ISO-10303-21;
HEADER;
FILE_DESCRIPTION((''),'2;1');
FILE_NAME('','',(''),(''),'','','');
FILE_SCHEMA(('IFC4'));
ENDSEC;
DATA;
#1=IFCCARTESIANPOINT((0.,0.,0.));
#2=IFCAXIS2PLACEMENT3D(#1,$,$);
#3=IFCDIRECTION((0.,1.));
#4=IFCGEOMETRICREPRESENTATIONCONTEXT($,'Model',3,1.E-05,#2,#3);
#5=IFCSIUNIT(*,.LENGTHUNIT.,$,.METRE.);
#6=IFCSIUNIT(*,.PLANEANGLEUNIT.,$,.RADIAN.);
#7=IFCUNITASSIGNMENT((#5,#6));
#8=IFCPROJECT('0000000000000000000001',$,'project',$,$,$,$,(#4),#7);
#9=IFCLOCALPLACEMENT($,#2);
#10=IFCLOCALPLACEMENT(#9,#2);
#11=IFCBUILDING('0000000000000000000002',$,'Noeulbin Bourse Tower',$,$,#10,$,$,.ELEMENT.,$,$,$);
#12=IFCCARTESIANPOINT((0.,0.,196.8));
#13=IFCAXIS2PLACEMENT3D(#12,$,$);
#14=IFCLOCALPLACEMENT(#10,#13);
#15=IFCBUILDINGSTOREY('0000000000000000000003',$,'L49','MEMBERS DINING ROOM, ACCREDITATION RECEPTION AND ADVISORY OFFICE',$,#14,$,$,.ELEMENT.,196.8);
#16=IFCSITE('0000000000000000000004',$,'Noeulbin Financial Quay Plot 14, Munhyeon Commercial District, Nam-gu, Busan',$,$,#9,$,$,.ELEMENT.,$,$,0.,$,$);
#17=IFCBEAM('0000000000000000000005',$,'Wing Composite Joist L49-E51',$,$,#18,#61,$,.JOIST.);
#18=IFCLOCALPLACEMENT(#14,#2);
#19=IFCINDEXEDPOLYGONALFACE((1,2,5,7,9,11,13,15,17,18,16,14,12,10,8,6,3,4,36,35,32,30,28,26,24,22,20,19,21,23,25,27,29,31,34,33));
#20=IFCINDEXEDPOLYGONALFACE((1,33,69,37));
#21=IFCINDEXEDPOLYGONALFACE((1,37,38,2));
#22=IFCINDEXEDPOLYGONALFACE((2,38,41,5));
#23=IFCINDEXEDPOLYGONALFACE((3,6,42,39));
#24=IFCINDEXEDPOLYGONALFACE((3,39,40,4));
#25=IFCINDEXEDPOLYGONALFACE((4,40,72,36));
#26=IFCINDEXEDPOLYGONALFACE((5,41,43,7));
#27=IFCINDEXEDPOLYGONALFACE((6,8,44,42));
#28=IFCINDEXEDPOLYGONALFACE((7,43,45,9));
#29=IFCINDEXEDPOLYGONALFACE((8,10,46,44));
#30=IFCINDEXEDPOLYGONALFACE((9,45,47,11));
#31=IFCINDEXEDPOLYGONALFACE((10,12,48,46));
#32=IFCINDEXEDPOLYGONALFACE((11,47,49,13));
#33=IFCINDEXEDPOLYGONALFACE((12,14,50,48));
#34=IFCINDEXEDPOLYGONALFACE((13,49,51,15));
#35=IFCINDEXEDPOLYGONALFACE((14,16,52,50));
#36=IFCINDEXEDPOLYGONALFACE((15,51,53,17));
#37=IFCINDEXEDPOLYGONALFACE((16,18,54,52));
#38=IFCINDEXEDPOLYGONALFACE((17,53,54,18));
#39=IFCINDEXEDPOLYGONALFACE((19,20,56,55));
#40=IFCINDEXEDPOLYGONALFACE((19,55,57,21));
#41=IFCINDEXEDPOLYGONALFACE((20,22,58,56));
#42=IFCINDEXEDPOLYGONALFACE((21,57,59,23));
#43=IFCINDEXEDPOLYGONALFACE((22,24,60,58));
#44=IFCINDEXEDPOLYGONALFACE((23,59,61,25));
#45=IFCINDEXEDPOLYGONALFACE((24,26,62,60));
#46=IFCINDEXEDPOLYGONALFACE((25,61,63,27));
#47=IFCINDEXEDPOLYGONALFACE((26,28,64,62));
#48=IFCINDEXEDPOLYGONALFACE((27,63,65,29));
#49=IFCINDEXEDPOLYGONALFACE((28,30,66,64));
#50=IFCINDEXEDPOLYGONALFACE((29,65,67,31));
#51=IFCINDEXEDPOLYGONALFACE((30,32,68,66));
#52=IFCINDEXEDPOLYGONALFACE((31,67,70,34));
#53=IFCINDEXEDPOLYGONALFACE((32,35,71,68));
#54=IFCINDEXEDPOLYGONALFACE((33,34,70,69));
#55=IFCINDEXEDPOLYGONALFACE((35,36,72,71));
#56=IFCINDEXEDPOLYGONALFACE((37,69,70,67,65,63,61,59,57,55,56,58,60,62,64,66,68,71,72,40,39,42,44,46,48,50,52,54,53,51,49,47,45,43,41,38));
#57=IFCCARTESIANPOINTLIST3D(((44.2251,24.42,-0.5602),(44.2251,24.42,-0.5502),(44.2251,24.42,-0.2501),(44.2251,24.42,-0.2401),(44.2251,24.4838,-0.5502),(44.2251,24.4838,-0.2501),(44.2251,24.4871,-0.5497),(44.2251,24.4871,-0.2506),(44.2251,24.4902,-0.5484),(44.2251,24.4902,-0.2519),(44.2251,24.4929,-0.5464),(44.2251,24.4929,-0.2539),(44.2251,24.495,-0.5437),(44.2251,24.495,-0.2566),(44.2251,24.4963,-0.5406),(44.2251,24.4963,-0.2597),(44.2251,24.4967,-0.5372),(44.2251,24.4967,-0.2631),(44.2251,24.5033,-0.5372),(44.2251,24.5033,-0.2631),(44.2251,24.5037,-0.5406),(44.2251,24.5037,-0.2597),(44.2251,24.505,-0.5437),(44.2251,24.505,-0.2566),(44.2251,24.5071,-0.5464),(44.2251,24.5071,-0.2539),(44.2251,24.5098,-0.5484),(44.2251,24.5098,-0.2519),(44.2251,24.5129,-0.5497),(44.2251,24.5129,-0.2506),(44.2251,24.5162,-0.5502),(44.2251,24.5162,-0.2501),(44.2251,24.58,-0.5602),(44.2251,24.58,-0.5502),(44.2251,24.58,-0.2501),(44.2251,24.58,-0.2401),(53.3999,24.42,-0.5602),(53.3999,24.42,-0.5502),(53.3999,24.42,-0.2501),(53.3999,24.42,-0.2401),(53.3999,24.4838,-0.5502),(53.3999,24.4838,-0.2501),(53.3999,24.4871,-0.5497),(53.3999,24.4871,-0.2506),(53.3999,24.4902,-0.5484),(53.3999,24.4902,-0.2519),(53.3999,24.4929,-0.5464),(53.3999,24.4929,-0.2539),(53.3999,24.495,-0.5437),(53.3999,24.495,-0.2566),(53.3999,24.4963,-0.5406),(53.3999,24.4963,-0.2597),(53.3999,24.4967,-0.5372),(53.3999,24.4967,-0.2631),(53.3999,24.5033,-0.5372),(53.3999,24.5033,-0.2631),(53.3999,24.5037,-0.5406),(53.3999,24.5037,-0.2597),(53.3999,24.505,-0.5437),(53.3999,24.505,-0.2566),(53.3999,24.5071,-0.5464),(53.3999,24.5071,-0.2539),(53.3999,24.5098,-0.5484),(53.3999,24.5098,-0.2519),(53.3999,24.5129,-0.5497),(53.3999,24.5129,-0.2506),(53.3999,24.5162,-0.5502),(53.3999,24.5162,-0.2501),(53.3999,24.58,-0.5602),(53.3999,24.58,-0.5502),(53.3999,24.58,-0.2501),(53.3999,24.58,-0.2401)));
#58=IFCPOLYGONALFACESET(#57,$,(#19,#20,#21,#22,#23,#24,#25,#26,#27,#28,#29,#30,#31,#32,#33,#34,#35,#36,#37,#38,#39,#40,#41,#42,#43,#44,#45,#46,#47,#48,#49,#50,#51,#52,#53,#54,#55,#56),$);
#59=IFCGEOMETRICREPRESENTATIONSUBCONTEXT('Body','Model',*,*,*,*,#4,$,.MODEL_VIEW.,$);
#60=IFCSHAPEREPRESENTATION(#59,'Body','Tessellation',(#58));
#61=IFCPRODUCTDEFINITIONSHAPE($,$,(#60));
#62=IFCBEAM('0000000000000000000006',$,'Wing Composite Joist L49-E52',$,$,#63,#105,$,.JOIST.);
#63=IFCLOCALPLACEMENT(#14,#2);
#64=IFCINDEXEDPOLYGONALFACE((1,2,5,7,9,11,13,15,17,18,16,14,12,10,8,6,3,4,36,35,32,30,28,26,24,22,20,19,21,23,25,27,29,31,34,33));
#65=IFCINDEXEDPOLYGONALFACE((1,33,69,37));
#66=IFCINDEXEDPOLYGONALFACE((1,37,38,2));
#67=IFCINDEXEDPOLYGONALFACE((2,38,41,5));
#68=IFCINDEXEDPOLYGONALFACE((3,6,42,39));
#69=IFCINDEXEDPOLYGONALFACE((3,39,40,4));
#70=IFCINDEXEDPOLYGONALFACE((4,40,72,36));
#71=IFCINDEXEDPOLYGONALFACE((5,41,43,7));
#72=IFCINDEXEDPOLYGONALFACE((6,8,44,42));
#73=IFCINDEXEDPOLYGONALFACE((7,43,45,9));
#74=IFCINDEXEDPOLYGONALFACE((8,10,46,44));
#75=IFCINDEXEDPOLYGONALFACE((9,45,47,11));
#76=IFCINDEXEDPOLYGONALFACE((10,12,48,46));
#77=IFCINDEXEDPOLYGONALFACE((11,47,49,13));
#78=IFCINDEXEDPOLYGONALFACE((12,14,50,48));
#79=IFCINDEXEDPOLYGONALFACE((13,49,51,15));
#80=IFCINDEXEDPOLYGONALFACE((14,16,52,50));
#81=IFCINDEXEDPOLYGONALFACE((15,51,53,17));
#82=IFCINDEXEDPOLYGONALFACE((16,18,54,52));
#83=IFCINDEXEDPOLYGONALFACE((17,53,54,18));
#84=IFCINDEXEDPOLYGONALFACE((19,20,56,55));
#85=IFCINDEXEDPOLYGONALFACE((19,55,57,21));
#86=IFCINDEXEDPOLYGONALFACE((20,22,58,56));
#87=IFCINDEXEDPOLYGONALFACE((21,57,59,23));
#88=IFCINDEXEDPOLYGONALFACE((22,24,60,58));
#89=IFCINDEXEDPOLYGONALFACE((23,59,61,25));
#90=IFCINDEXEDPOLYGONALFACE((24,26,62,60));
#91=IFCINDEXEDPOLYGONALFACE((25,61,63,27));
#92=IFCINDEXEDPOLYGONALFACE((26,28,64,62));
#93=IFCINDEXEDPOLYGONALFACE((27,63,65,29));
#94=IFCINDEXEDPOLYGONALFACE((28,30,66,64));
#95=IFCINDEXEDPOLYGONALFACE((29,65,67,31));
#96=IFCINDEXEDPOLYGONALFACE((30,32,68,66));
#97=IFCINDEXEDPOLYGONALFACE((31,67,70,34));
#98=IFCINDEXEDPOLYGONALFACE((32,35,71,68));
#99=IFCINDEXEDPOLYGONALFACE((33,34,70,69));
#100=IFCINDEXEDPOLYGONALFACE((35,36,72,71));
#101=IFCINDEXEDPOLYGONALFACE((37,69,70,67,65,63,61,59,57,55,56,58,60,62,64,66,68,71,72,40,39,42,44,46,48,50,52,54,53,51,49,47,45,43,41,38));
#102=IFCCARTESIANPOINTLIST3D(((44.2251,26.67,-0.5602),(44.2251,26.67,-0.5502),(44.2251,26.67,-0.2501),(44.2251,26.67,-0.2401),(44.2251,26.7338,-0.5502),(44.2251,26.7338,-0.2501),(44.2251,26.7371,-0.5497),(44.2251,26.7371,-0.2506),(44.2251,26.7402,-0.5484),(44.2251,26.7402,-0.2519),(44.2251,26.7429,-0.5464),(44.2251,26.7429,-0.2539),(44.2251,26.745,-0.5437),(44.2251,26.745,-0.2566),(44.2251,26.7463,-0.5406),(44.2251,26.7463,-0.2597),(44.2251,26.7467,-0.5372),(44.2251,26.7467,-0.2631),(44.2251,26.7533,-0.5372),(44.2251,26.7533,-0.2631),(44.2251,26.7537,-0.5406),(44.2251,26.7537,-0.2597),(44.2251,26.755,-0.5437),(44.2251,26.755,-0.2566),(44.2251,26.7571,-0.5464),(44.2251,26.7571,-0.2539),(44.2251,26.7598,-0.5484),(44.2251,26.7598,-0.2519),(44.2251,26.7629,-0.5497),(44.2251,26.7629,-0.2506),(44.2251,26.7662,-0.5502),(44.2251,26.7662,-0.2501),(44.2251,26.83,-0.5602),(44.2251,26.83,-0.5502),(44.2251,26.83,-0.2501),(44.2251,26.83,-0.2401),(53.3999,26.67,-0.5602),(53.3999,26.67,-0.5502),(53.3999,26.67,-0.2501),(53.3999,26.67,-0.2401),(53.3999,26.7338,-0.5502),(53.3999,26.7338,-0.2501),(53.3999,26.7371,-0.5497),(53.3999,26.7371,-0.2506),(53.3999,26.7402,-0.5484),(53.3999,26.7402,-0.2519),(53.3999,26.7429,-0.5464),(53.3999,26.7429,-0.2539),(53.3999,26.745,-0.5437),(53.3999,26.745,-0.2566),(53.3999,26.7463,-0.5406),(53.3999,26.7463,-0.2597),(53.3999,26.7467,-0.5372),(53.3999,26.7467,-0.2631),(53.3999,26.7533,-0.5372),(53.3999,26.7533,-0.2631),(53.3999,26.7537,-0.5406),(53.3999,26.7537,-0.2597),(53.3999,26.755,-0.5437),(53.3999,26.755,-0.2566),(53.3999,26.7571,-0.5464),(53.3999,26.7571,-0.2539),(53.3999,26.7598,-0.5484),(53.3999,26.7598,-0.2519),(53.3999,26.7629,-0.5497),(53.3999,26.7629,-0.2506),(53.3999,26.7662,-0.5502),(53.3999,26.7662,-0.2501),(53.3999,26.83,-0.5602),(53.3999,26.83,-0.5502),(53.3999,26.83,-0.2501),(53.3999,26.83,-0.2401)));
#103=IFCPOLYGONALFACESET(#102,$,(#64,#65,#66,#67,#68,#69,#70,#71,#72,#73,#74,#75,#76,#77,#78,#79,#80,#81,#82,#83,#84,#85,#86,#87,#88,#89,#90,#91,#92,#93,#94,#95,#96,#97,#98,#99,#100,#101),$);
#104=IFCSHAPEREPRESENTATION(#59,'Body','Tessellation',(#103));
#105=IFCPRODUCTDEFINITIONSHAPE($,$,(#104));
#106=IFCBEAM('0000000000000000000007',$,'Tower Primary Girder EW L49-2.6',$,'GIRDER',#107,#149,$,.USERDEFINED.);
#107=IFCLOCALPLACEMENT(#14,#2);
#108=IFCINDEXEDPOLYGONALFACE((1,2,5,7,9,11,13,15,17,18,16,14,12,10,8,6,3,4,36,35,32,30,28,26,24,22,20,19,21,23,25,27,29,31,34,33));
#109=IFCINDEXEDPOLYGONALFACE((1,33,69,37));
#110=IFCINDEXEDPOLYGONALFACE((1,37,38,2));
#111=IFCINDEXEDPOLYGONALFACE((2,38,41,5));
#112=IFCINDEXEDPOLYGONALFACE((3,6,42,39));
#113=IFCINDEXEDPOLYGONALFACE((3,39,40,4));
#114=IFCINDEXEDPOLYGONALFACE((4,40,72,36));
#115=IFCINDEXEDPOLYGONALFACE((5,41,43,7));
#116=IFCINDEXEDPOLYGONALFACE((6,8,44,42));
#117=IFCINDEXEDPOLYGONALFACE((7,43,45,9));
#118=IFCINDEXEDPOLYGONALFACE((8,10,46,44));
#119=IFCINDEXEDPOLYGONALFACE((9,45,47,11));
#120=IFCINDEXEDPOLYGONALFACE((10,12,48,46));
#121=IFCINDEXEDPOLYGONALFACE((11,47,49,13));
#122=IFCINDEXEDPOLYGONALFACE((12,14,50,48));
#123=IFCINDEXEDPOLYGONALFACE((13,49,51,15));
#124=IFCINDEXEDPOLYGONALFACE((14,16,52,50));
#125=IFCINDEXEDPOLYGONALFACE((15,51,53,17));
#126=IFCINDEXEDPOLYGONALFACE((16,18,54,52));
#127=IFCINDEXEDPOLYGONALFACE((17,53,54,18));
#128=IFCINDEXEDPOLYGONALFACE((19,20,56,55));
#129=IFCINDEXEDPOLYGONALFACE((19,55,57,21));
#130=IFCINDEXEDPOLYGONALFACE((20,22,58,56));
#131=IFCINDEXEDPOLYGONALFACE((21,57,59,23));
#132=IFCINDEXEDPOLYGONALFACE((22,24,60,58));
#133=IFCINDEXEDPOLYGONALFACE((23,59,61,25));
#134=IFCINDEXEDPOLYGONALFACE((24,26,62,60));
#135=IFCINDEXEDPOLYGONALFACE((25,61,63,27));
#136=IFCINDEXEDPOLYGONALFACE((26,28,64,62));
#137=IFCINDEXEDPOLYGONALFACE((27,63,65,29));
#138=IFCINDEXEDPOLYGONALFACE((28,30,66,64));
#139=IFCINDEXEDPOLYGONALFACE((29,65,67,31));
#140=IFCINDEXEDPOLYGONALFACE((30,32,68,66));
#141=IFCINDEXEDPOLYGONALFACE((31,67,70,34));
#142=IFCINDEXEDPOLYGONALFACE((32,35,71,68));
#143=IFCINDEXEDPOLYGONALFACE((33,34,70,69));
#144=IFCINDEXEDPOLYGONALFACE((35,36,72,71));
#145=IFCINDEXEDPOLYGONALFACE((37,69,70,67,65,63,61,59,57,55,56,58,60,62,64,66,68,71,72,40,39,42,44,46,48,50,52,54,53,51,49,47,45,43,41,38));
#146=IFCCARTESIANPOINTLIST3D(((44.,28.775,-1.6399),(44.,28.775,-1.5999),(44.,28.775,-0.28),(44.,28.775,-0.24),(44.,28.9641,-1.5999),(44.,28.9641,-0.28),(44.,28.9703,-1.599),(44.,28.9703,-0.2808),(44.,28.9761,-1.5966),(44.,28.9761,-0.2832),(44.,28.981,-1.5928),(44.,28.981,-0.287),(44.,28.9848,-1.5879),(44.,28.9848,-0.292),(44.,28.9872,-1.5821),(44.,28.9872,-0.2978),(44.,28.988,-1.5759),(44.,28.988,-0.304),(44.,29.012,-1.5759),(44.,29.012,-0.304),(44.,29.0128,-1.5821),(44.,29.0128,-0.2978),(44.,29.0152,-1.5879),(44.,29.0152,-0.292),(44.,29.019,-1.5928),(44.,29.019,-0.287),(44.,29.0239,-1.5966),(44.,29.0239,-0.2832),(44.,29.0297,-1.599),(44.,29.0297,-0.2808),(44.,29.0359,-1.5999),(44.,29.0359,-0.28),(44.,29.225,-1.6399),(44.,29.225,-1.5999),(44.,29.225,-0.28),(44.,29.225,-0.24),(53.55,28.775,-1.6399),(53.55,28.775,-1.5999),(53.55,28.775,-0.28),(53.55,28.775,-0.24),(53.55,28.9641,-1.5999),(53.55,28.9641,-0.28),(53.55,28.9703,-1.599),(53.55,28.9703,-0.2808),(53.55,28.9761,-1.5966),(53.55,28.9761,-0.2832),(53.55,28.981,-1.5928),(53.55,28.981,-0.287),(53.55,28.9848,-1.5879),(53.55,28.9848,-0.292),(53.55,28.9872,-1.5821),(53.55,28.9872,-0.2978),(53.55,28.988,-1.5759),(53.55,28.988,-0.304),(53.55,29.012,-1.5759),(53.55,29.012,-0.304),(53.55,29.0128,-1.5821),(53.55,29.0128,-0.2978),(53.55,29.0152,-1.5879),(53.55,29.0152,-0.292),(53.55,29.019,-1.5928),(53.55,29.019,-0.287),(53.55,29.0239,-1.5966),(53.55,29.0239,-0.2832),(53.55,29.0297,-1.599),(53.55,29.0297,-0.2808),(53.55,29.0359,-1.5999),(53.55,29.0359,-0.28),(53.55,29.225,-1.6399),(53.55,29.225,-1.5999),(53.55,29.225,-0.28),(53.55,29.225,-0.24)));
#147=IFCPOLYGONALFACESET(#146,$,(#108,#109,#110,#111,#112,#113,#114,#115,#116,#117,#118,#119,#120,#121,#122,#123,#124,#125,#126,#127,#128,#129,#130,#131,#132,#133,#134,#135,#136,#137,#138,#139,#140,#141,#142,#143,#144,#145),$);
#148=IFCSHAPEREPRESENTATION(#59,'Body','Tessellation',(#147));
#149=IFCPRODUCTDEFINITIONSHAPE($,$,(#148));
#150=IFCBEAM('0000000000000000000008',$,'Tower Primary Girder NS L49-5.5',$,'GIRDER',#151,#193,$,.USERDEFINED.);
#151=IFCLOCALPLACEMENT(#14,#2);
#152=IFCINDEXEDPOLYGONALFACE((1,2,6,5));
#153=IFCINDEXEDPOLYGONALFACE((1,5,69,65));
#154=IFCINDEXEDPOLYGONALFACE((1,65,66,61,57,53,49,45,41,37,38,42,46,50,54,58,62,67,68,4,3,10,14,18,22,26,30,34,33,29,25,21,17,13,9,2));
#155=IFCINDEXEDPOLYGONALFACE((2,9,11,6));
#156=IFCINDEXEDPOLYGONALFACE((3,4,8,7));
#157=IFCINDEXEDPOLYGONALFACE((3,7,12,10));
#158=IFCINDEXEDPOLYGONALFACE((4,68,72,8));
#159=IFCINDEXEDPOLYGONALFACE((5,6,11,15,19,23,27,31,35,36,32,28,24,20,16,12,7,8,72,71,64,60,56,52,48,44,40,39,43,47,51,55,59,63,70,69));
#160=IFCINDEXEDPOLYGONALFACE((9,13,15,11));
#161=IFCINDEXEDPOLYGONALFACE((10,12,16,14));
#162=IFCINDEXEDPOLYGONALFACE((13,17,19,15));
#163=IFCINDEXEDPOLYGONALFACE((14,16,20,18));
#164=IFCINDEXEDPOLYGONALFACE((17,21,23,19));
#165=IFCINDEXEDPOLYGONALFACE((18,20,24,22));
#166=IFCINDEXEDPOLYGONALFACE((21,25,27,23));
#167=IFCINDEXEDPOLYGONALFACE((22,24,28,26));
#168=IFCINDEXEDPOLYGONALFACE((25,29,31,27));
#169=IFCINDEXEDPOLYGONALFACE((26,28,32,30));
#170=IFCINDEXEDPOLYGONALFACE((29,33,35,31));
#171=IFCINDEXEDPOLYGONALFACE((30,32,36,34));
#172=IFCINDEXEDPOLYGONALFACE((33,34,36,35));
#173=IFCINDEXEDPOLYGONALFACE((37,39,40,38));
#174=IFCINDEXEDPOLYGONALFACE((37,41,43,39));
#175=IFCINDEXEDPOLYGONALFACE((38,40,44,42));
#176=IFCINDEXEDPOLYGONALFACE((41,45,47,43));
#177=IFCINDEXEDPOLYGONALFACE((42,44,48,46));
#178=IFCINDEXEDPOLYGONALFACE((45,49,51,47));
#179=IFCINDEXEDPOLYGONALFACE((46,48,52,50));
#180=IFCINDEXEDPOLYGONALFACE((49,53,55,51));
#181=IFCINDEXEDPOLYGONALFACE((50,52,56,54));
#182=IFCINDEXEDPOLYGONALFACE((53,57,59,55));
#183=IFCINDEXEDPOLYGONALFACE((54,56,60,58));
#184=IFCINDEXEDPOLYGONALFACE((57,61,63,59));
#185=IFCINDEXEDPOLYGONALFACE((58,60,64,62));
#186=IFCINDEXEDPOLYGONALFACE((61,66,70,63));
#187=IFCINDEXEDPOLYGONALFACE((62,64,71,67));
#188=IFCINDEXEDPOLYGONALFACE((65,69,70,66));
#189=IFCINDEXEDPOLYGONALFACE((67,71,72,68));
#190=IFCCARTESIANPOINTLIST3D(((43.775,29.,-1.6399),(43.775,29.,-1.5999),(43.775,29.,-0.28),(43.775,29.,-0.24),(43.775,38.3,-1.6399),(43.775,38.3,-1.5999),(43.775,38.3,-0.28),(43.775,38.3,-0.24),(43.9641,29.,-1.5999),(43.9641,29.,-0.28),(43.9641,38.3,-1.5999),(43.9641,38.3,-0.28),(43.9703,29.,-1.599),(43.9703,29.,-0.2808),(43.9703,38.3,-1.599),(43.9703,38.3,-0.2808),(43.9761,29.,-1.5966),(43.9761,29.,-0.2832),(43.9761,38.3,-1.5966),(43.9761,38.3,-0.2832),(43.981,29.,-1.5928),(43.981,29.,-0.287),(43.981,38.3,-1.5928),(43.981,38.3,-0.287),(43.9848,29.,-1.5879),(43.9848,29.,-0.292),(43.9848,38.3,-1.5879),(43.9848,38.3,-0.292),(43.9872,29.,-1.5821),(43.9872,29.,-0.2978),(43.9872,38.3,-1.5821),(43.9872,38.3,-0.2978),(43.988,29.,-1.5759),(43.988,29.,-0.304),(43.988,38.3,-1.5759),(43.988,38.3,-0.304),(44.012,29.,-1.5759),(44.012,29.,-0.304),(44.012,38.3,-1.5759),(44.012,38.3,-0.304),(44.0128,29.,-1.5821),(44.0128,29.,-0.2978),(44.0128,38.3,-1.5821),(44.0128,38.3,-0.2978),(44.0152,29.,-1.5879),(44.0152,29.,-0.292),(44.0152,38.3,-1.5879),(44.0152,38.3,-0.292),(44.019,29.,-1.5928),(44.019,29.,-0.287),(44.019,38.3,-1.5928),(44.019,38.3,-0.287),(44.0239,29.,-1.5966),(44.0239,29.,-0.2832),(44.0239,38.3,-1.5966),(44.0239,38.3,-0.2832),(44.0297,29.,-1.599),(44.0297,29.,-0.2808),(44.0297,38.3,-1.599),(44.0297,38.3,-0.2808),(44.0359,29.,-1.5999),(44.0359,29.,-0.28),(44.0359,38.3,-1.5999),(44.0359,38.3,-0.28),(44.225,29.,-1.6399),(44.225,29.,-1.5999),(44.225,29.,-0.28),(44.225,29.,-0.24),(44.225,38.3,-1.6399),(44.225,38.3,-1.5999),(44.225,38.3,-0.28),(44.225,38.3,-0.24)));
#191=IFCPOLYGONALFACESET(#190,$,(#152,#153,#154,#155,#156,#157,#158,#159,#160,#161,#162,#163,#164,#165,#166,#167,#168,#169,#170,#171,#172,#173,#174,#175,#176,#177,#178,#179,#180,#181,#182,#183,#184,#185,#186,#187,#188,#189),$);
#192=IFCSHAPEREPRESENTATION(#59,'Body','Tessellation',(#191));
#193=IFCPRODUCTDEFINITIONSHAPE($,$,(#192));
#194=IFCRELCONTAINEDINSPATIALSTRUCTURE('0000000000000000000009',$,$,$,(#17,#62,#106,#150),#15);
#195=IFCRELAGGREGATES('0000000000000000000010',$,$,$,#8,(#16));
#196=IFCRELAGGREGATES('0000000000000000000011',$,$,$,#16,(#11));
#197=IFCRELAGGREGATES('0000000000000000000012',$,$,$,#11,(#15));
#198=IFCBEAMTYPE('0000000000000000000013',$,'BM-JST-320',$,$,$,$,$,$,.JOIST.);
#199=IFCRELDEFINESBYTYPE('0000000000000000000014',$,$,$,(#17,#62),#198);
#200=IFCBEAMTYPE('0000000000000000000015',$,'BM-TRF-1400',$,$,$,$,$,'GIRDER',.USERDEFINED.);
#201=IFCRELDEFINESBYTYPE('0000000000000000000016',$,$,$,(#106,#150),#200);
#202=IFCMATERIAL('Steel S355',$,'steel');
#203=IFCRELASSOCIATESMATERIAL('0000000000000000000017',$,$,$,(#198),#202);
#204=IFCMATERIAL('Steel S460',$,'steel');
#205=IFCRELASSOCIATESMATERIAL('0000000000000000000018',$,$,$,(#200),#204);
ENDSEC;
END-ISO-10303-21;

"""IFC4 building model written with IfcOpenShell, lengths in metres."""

from ifc_helpers import new_model, si_unit, direction, frame, origin, origin_2d, place, context, subcontext, project, spatial, i_section, extrude, material, material_profile, profile_set, type_object, element, save


model = new_model("IFC4")

# Units and contexts
model_context = context("Model", 3, precision=1e-05, world=origin(), true_north=direction((0.0, 1.0)))
body_context = subcontext(model_context, "Body", "Model", "MODEL_VIEW")
ifc_project = project(units=[si_unit("LENGTHUNIT", "METRE"), si_unit("PLANEANGLEUNIT", "RADIAN")], contexts=[model_context])

# Site, building, storey
site_placement = place(None, origin())
site = spatial("IfcSite", under=ifc_project, at=site_placement, Name="Noeulbin Financial Quay Plot 14, Munhyeon Commercial District, Nam-gu, Busan", CompositionType="ELEMENT", RefElevation=0.0)
building_placement = place(site_placement, origin())
building = spatial("IfcBuilding", under=site, at=building_placement, Name="Noeulbin Bourse Tower", CompositionType="ELEMENT")
storey_placement = place(building_placement, frame((0.0, 0.0, 196.8)))
storey = spatial("IfcBuildingStorey", under=building, at=storey_placement, Name="L49", Description="MEMBERS DINING ROOM, ACCREDITATION RECEPTION AND ADVISORY OFFICE", CompositionType="ELEMENT", Elevation=196.8)

# Shared definitions
ifc_material_1 = material(Name="Steel S355", Category="steel")
ifc_material_2 = material(Name="Steel S460", Category="steel")

# Beams
ifc_material_profile_1 = material_profile(ifc_material_1, i_section(OverallWidth=0.1599, OverallDepth=0.3201, WebThickness=0.0066, FlangeThickness=0.01, FilletRadius=0.0129, at=origin_2d()), Name="H-320x160x6.5x10", Category="LoadBearing")
ifc_profile_set_1 = profile_set([ifc_material_profile_1], Name="Steel S355")
beam_type_1 = type_object("IfcBeamType", Name="BM-JST-320", PredefinedType="JOIST", material=ifc_profile_set_1)
for number, where, z_axis, x_axis, name in (
    (1, (44.2251, 24.5, -0.4001), (1.0, 0.0, 0.0), (0.0, 1.0, 0.0), "Wing Composite Joist L49-E51"),
    (2, (44.2251, 26.75, -0.4001), (1.0, 0.0, 0.0), (0.0, 1.0, 0.0), "Wing Composite Joist L49-E52"),
):
    element("IfcBeam", number, at=place(storey_placement, frame(where, z_axis=z_axis, x_axis=x_axis)), inside=storey, type_object=beam_type_1, Name=name, PredefinedType="JOIST", context=body_context, shape_type="SweptSolid", body=[
        extrude(i_section(OverallWidth=0.1599, OverallDepth=0.3201, WebThickness=0.0066, FlangeThickness=0.01, FilletRadius=0.0129, at=origin_2d()), origin(), (0.0, 0.0, 1.0), 9.1748),
    ])
ifc_material_profile_2 = material_profile(ifc_material_2, i_section(OverallWidth=0.45, OverallDepth=1.3999, WebThickness=0.0239, FlangeThickness=0.04, FilletRadius=0.0239, at=origin_2d()), Name="PG-1400x450x24x40", Category="LoadBearing")
ifc_profile_set_2 = profile_set([ifc_material_profile_2], Name="Steel S460")
beam_type_2 = type_object("IfcBeamType", Name="BM-TRF-1400", ElementType="GIRDER", PredefinedType="USERDEFINED", material=ifc_profile_set_2)
beam_1_placement = place(storey_placement, frame((44.0, 29.0, -0.9399), z_axis=(1.0, 0.0, 0.0), x_axis=(0.0, 1.0, 0.0)))
element("IfcBeam", 3, at=beam_1_placement, inside=storey, type_object=beam_type_2, Name="Tower Primary Girder EW L49-2.6", ObjectType="GIRDER", PredefinedType="USERDEFINED", context=body_context, shape_type="SweptSolid", body=[
    extrude(i_section(OverallWidth=0.45, OverallDepth=1.3999, WebThickness=0.0239, FlangeThickness=0.04, FilletRadius=0.0239, at=origin_2d()), origin(), (0.0, 0.0, 1.0), 9.55),
])
beam_2_placement = place(storey_placement, frame((44.0, 29.0, -0.9399), z_axis=(0.0, 1.0, 0.0), x_axis=(-1.0, 0.0, 0.0)))
element("IfcBeam", 4, at=beam_2_placement, inside=storey, type_object=beam_type_2, Name="Tower Primary Girder NS L49-5.5", ObjectType="GIRDER", PredefinedType="USERDEFINED", context=body_context, shape_type="SweptSolid", body=[
    extrude(i_section(OverallWidth=0.45, OverallDepth=1.3999, WebThickness=0.0239, FlangeThickness=0.04, FilletRadius=0.0239, at=origin_2d()), origin(), (0.0, 0.0, 1.0), 9.3),
])

save(model, "model.ifc")
